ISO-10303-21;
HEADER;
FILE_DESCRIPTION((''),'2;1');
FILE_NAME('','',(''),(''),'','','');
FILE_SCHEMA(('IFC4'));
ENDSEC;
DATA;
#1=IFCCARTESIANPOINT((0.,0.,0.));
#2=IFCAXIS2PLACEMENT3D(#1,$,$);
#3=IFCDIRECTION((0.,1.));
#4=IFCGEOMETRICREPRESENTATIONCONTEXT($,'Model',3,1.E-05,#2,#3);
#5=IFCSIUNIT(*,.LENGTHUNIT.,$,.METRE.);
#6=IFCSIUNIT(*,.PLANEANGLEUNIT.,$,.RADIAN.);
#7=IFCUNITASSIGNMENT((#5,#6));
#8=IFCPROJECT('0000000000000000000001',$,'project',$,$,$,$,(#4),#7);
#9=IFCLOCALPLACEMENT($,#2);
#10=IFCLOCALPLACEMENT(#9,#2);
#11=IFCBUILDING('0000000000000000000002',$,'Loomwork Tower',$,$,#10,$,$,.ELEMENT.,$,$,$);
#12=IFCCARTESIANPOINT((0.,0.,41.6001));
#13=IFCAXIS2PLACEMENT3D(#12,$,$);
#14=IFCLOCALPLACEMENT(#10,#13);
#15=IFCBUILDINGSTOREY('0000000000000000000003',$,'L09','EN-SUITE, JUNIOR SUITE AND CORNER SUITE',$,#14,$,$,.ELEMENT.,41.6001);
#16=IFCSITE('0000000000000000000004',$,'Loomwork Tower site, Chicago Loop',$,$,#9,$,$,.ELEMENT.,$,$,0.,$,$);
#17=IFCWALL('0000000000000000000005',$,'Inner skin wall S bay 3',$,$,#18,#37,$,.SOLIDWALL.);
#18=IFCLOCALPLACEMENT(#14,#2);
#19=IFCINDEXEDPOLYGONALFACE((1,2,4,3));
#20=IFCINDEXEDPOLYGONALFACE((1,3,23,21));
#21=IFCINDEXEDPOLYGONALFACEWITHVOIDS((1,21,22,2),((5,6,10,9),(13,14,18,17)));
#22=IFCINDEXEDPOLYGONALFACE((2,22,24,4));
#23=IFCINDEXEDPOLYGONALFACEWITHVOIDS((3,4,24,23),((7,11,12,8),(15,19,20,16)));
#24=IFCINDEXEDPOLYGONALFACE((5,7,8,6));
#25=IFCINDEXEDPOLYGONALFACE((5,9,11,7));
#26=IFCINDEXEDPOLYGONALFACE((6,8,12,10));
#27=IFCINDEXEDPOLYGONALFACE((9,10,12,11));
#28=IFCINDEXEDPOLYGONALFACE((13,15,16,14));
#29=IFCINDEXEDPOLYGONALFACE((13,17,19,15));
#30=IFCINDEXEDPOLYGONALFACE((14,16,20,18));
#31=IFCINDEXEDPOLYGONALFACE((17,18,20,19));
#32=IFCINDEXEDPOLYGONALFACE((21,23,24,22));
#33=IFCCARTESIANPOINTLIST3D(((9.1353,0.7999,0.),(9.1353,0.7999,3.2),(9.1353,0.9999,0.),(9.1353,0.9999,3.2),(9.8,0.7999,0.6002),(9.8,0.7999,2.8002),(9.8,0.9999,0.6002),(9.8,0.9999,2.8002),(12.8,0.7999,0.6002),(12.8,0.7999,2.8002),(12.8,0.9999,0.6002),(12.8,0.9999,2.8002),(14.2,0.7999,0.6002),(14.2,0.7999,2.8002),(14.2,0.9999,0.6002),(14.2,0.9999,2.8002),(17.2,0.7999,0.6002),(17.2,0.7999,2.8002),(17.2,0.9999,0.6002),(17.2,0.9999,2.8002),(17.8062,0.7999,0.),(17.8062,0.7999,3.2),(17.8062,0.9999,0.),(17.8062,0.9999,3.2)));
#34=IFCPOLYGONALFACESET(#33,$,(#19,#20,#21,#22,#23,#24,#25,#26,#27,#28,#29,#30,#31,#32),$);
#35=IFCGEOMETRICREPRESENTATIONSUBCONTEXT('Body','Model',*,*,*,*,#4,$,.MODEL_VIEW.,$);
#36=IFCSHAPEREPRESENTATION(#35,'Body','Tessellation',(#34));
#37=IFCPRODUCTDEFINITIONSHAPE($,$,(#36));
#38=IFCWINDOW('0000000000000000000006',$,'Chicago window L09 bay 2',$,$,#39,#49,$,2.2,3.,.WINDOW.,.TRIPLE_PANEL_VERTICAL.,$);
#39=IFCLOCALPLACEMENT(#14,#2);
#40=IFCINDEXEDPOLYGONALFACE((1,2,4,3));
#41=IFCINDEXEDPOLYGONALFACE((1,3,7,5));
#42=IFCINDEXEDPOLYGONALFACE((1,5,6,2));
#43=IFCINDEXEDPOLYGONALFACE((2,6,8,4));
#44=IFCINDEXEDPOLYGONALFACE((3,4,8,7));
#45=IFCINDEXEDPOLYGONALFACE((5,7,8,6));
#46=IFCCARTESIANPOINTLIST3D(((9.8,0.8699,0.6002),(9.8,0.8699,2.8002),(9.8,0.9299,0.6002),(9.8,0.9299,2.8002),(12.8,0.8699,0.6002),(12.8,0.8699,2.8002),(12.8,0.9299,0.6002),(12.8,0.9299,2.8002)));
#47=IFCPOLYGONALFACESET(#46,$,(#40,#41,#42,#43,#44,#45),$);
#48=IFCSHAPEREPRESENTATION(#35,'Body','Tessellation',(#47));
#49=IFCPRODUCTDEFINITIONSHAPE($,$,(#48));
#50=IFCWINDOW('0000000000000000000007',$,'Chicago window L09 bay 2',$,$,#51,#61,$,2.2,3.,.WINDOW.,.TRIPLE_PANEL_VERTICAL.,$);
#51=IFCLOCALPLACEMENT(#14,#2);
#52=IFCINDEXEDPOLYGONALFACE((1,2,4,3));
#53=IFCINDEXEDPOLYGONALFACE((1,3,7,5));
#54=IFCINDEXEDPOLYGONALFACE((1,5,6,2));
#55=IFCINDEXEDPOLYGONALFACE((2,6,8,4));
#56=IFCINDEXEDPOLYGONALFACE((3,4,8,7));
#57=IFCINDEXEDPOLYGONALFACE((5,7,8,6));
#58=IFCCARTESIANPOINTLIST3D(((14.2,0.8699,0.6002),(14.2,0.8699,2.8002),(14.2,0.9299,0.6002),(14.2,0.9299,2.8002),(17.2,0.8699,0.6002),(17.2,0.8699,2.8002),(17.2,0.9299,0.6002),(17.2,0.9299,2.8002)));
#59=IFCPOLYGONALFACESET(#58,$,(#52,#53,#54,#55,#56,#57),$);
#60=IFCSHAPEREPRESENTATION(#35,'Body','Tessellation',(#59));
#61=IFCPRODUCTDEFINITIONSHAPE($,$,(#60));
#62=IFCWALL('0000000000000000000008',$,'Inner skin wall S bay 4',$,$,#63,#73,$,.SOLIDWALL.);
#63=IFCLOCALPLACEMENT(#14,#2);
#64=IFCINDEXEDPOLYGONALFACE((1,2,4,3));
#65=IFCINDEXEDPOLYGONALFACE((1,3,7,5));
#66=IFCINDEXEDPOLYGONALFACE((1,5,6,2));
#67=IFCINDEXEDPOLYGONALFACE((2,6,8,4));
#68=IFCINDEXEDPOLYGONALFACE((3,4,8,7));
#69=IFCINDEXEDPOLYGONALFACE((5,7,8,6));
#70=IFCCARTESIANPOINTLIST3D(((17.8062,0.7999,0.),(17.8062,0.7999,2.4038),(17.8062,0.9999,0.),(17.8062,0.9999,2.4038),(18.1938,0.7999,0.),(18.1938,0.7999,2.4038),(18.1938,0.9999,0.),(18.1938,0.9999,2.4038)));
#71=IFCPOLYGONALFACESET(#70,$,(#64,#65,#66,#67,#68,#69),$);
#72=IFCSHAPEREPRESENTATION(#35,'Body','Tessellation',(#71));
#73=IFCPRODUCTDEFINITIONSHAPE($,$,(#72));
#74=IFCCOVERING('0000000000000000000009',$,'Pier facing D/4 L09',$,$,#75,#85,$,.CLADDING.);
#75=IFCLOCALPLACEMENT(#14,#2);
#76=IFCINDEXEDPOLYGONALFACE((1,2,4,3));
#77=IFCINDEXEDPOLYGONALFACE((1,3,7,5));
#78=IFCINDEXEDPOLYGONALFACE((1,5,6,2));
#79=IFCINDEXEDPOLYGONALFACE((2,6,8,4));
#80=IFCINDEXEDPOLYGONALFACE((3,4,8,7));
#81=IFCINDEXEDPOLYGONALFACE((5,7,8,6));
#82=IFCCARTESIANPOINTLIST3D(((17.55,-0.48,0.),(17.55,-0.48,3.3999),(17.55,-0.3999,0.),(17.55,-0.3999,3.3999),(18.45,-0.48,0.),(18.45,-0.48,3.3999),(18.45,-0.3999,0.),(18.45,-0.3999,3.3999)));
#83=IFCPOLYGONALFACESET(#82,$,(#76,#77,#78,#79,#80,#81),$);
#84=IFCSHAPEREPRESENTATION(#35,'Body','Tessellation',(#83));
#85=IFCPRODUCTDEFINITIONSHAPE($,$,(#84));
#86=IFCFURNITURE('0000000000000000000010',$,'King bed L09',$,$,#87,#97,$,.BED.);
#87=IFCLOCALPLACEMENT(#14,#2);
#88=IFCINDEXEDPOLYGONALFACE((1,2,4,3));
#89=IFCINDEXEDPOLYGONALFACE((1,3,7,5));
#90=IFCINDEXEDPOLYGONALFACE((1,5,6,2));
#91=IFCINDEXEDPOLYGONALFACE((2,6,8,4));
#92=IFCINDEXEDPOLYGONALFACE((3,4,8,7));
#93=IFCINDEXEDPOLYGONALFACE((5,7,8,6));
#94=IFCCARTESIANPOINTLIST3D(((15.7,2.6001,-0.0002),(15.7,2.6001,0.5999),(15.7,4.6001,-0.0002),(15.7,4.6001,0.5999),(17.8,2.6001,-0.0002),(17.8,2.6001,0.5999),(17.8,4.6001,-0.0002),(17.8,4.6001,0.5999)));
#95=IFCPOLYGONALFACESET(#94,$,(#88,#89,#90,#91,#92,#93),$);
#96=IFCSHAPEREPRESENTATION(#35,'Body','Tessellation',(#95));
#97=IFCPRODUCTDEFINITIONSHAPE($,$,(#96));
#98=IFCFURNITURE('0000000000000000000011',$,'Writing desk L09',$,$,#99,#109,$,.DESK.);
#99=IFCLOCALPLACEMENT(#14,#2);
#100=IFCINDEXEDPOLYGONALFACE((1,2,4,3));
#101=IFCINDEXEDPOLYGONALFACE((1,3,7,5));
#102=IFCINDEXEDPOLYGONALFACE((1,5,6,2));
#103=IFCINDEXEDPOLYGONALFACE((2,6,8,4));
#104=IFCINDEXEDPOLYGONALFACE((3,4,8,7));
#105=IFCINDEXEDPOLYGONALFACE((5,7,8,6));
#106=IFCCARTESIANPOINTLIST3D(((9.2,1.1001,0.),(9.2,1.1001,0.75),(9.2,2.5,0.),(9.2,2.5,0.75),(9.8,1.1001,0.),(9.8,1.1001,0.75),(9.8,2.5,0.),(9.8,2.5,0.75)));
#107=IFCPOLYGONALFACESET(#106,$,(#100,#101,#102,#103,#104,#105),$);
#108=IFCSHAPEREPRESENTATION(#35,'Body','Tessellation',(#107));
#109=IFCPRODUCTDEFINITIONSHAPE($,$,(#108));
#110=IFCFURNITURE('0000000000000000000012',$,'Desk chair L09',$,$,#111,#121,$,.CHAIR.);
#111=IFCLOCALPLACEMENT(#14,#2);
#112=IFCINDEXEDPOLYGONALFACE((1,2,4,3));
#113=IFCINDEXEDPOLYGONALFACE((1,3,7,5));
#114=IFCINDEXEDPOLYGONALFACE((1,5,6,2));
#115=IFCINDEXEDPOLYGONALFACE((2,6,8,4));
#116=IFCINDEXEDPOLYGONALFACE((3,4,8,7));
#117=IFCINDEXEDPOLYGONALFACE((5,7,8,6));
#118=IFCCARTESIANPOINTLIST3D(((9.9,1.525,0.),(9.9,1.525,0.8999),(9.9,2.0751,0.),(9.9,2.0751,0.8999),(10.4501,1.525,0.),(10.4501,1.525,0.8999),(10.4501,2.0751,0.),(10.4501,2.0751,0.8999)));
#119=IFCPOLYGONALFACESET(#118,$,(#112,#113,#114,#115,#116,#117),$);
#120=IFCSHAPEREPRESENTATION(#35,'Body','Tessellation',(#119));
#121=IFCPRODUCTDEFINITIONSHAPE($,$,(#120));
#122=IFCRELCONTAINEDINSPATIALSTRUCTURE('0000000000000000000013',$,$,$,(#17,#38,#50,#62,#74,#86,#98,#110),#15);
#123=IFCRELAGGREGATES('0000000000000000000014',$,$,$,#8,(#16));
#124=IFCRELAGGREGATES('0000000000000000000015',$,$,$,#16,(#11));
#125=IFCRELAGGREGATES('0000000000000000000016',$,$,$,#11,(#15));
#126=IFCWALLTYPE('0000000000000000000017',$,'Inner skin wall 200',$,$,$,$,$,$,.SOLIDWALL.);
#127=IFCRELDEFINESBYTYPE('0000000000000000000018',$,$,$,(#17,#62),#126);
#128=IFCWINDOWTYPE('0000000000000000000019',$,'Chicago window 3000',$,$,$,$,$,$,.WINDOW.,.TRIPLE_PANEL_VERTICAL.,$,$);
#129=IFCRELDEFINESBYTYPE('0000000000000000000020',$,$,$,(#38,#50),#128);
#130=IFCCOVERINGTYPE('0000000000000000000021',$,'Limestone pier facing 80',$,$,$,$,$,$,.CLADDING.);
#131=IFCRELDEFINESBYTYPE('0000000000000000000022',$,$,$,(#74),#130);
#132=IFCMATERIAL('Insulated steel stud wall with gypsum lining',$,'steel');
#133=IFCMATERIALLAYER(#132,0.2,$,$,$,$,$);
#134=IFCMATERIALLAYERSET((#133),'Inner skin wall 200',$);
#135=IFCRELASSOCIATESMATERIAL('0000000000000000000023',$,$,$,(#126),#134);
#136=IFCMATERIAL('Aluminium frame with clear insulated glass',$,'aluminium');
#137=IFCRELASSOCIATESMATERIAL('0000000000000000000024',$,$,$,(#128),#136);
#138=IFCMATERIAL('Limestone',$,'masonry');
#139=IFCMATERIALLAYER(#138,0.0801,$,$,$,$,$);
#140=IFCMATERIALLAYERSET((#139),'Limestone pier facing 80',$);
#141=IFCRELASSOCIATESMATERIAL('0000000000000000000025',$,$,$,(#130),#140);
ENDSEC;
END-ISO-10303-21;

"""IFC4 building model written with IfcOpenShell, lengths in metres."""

from ifc_helpers import new_model, si_unit, direction, frame, frame_2d, origin, origin_2d, place, context, subcontext, project, spatial, rectangle, extrude, material, layer, layer_set, type_object, element, fill, save


model = new_model("IFC4")

# Units and contexts
model_context = context("Model", 3, precision=1e-05, world=origin(), true_north=direction((0.0, 1.0)))
body_context = subcontext(model_context, "Body", "Model", "MODEL_VIEW")
ifc_project = project(units=[si_unit("LENGTHUNIT", "METRE"), si_unit("PLANEANGLEUNIT", "RADIAN")], contexts=[model_context])

# Site, building, storey
site_placement = place(None, origin())
site = spatial("IfcSite", under=ifc_project, at=site_placement, Name="Loomwork Tower site, Chicago Loop", CompositionType="ELEMENT", RefElevation=0.0)
building_placement = place(site_placement, origin())
building = spatial("IfcBuilding", under=site, at=building_placement, Name="Loomwork Tower", CompositionType="ELEMENT")
storey_placement = place(building_placement, frame((0.0, 0.0, 41.6001)))
storey = spatial("IfcBuildingStorey", under=building, at=storey_placement, Name="L09", Description="EN-SUITE, JUNIOR SUITE AND CORNER SUITE", CompositionType="ELEMENT", Elevation=41.6001)

# Wall, openings, windows
ifc_material_1 = material(Name="Insulated steel stud wall with gypsum lining", Category="steel")
ifc_layer_1 = layer(ifc_material_1, 0.2)
ifc_layer_set_1 = layer_set([ifc_layer_1], Name="Inner skin wall 200")
wall_type = type_object("IfcWallType", Name="Inner skin wall 200", PredefinedType="SOLIDWALL", material=ifc_layer_set_1)
wall_1_placement = place(storey_placement, frame((9.1353, 0.8999, 0.0), z_axis=(0.0, 0.0, 1.0), x_axis=(1.0, 0.0, 0.0)))
wall_1 = element("IfcWall", 1, at=wall_1_placement, inside=storey, type_object=wall_type, Name="Inner skin wall S bay 3", PredefinedType="SOLIDWALL", context=body_context, shape_type="SweptSolid", body=[
    extrude(rectangle(XDim=8.6709, YDim=0.2, at=frame_2d((4.3354, 0.0))), origin(), (0.0, 0.0, 1.0), 3.2),
])
opening_1_placement = place(wall_1_placement, frame((0.6648, 0.0, 0.6001)))
opening_1 = element("IfcOpeningElement", 2, at=opening_1_placement, cuts=wall_1, PredefinedType="OPENING", context=body_context, shape_type="SweptSolid", body=[
    extrude(rectangle(XDim=3.0, YDim=2.2, at=frame_2d((1.5, 1.1001))), frame((0.0, 0.1099, 0.0), z_axis=(0.0, -1.0, 0.0), x_axis=(1.0, 0.0, 0.0)), (0.0, 0.0, 1.0), 0.22),
])
opening_2_placement = place(wall_1_placement, frame((5.0647, 0.0, 0.6001)))
opening_2 = element("IfcOpeningElement", 3, at=opening_2_placement, cuts=wall_1, PredefinedType="OPENING", context=body_context, shape_type="SweptSolid", body=[
    extrude(rectangle(XDim=3.0, YDim=2.2, at=frame_2d((1.5, 1.1001))), frame((0.0, 0.1099, 0.0), z_axis=(0.0, -1.0, 0.0), x_axis=(1.0, 0.0, 0.0)), (0.0, 0.0, 1.0), 0.22),
])
ifc_material_2 = material(Name="Aluminium frame with clear insulated glass", Category="aluminium")
window_type = type_object("IfcWindowType", Name="Chicago window 3000", PartitioningType="TRIPLE_PANEL_VERTICAL", PredefinedType="WINDOW", material=ifc_material_2)
window_1_placement = place(opening_1_placement, origin())
window_1 = element("IfcWindow", 4, at=window_1_placement, inside=storey, type_object=window_type, Name="Chicago window L09 bay 2", OverallHeight=2.2, OverallWidth=3.0, PartitioningType="TRIPLE_PANEL_VERTICAL", PredefinedType="WINDOW", context=body_context, shape_type="SweptSolid", body=[
    extrude(rectangle(XDim=3.0, YDim=2.2, at=frame_2d((1.5, 1.1001))), frame((0.0, 0.03, 0.0), z_axis=(0.0, -1.0, 0.0), x_axis=(1.0, 0.0, 0.0)), (0.0, 0.0, 1.0), 0.0601),
])
fill(opening_1, window_1)
window_2_placement = place(opening_2_placement, origin())
window_2 = element("IfcWindow", 5, at=window_2_placement, inside=storey, type_object=window_type, Name="Chicago window L09 bay 2", OverallHeight=2.2, OverallWidth=3.0, PartitioningType="TRIPLE_PANEL_VERTICAL", PredefinedType="WINDOW", context=body_context, shape_type="SweptSolid", body=[
    extrude(rectangle(XDim=3.0, YDim=2.2, at=frame_2d((1.5, 1.1001))), frame((0.0, 0.03, 0.0), z_axis=(0.0, -1.0, 0.0), x_axis=(1.0, 0.0, 0.0)), (0.0, 0.0, 1.0), 0.0601),
])
fill(opening_2, window_2)

# Wall
wall_2_placement = place(storey_placement, frame((17.8062, 0.8999, 0.0), z_axis=(0.0, 0.0, 1.0), x_axis=(1.0, 0.0, 0.0)))
element("IfcWall", 6, at=wall_2_placement, inside=storey, type_object=wall_type, Name="Inner skin wall S bay 4", PredefinedType="SOLIDWALL", context=body_context, shape_type="SweptSolid", body=[
    extrude(rectangle(XDim=0.3877, YDim=0.2, at=frame_2d((0.1938, 0.0))), origin(), (0.0, 0.0, 1.0), 2.4038),
])

# Covering
ifc_material_3 = material(Name="Limestone", Category="masonry")
ifc_layer_2 = layer(ifc_material_3, 0.0801)
ifc_layer_set_2 = layer_set([ifc_layer_2], Name="Limestone pier facing 80")
covering_type = type_object("IfcCoveringType", Name="Limestone pier facing 80", PredefinedType="CLADDING", material=ifc_layer_set_2)
covering_placement = place(storey_placement, frame((18.0, -0.4399, 0.0), z_axis=(0.0, 0.0, 1.0), x_axis=(1.0, 0.0, 0.0)))
element("IfcCovering", 7, at=covering_placement, inside=storey, type_object=covering_type, Name="Pier facing D/4 L09", PredefinedType="CLADDING", context=body_context, shape_type="SweptSolid", body=[
    extrude(rectangle(XDim=0.8999, YDim=0.0801, at=origin_2d()), origin(), (0.0, 0.0, 1.0), 3.3999),
])

# Furniture
furniture_1_placement = place(storey_placement, frame((16.75, 3.6001, -0.0002), z_axis=(0.0, 0.0, 1.0), x_axis=(1.0, 0.0, 0.0)))
element("IfcFurniture", 8, at=furniture_1_placement, inside=storey, Name="King bed L09", PredefinedType="BED", context=body_context, shape_type="SweptSolid", body=[
    extrude(rectangle(XDim=2.1001, YDim=2.0, at=origin_2d()), origin(), (0.0, 0.0, 1.0), 0.6001),
])
furniture_2_placement = place(storey_placement, frame((9.5, 1.8, 0.0), z_axis=(0.0, 0.0, 1.0), x_axis=(1.0, 0.0, 0.0)))
element("IfcFurniture", 9, at=furniture_2_placement, inside=storey, Name="Writing desk L09", PredefinedType="DESK", context=body_context, shape_type="SweptSolid", body=[
    extrude(rectangle(XDim=0.6001, YDim=1.3999, at=origin_2d()), origin(), (0.0, 0.0, 1.0), 0.75),
])
furniture_3_placement = place(storey_placement, frame((10.175, 1.8, 0.0), z_axis=(0.0, 0.0, 1.0), x_axis=(1.0, 0.0, 0.0)))
element("IfcFurniture", 10, at=furniture_3_placement, inside=storey, Name="Desk chair L09", PredefinedType="CHAIR", context=body_context, shape_type="SweptSolid", body=[
    extrude(rectangle(XDim=0.55, YDim=0.55, at=origin_2d()), origin(), (0.0, 0.0, 1.0), 0.8999),
])

save(model, "model.ifc")
